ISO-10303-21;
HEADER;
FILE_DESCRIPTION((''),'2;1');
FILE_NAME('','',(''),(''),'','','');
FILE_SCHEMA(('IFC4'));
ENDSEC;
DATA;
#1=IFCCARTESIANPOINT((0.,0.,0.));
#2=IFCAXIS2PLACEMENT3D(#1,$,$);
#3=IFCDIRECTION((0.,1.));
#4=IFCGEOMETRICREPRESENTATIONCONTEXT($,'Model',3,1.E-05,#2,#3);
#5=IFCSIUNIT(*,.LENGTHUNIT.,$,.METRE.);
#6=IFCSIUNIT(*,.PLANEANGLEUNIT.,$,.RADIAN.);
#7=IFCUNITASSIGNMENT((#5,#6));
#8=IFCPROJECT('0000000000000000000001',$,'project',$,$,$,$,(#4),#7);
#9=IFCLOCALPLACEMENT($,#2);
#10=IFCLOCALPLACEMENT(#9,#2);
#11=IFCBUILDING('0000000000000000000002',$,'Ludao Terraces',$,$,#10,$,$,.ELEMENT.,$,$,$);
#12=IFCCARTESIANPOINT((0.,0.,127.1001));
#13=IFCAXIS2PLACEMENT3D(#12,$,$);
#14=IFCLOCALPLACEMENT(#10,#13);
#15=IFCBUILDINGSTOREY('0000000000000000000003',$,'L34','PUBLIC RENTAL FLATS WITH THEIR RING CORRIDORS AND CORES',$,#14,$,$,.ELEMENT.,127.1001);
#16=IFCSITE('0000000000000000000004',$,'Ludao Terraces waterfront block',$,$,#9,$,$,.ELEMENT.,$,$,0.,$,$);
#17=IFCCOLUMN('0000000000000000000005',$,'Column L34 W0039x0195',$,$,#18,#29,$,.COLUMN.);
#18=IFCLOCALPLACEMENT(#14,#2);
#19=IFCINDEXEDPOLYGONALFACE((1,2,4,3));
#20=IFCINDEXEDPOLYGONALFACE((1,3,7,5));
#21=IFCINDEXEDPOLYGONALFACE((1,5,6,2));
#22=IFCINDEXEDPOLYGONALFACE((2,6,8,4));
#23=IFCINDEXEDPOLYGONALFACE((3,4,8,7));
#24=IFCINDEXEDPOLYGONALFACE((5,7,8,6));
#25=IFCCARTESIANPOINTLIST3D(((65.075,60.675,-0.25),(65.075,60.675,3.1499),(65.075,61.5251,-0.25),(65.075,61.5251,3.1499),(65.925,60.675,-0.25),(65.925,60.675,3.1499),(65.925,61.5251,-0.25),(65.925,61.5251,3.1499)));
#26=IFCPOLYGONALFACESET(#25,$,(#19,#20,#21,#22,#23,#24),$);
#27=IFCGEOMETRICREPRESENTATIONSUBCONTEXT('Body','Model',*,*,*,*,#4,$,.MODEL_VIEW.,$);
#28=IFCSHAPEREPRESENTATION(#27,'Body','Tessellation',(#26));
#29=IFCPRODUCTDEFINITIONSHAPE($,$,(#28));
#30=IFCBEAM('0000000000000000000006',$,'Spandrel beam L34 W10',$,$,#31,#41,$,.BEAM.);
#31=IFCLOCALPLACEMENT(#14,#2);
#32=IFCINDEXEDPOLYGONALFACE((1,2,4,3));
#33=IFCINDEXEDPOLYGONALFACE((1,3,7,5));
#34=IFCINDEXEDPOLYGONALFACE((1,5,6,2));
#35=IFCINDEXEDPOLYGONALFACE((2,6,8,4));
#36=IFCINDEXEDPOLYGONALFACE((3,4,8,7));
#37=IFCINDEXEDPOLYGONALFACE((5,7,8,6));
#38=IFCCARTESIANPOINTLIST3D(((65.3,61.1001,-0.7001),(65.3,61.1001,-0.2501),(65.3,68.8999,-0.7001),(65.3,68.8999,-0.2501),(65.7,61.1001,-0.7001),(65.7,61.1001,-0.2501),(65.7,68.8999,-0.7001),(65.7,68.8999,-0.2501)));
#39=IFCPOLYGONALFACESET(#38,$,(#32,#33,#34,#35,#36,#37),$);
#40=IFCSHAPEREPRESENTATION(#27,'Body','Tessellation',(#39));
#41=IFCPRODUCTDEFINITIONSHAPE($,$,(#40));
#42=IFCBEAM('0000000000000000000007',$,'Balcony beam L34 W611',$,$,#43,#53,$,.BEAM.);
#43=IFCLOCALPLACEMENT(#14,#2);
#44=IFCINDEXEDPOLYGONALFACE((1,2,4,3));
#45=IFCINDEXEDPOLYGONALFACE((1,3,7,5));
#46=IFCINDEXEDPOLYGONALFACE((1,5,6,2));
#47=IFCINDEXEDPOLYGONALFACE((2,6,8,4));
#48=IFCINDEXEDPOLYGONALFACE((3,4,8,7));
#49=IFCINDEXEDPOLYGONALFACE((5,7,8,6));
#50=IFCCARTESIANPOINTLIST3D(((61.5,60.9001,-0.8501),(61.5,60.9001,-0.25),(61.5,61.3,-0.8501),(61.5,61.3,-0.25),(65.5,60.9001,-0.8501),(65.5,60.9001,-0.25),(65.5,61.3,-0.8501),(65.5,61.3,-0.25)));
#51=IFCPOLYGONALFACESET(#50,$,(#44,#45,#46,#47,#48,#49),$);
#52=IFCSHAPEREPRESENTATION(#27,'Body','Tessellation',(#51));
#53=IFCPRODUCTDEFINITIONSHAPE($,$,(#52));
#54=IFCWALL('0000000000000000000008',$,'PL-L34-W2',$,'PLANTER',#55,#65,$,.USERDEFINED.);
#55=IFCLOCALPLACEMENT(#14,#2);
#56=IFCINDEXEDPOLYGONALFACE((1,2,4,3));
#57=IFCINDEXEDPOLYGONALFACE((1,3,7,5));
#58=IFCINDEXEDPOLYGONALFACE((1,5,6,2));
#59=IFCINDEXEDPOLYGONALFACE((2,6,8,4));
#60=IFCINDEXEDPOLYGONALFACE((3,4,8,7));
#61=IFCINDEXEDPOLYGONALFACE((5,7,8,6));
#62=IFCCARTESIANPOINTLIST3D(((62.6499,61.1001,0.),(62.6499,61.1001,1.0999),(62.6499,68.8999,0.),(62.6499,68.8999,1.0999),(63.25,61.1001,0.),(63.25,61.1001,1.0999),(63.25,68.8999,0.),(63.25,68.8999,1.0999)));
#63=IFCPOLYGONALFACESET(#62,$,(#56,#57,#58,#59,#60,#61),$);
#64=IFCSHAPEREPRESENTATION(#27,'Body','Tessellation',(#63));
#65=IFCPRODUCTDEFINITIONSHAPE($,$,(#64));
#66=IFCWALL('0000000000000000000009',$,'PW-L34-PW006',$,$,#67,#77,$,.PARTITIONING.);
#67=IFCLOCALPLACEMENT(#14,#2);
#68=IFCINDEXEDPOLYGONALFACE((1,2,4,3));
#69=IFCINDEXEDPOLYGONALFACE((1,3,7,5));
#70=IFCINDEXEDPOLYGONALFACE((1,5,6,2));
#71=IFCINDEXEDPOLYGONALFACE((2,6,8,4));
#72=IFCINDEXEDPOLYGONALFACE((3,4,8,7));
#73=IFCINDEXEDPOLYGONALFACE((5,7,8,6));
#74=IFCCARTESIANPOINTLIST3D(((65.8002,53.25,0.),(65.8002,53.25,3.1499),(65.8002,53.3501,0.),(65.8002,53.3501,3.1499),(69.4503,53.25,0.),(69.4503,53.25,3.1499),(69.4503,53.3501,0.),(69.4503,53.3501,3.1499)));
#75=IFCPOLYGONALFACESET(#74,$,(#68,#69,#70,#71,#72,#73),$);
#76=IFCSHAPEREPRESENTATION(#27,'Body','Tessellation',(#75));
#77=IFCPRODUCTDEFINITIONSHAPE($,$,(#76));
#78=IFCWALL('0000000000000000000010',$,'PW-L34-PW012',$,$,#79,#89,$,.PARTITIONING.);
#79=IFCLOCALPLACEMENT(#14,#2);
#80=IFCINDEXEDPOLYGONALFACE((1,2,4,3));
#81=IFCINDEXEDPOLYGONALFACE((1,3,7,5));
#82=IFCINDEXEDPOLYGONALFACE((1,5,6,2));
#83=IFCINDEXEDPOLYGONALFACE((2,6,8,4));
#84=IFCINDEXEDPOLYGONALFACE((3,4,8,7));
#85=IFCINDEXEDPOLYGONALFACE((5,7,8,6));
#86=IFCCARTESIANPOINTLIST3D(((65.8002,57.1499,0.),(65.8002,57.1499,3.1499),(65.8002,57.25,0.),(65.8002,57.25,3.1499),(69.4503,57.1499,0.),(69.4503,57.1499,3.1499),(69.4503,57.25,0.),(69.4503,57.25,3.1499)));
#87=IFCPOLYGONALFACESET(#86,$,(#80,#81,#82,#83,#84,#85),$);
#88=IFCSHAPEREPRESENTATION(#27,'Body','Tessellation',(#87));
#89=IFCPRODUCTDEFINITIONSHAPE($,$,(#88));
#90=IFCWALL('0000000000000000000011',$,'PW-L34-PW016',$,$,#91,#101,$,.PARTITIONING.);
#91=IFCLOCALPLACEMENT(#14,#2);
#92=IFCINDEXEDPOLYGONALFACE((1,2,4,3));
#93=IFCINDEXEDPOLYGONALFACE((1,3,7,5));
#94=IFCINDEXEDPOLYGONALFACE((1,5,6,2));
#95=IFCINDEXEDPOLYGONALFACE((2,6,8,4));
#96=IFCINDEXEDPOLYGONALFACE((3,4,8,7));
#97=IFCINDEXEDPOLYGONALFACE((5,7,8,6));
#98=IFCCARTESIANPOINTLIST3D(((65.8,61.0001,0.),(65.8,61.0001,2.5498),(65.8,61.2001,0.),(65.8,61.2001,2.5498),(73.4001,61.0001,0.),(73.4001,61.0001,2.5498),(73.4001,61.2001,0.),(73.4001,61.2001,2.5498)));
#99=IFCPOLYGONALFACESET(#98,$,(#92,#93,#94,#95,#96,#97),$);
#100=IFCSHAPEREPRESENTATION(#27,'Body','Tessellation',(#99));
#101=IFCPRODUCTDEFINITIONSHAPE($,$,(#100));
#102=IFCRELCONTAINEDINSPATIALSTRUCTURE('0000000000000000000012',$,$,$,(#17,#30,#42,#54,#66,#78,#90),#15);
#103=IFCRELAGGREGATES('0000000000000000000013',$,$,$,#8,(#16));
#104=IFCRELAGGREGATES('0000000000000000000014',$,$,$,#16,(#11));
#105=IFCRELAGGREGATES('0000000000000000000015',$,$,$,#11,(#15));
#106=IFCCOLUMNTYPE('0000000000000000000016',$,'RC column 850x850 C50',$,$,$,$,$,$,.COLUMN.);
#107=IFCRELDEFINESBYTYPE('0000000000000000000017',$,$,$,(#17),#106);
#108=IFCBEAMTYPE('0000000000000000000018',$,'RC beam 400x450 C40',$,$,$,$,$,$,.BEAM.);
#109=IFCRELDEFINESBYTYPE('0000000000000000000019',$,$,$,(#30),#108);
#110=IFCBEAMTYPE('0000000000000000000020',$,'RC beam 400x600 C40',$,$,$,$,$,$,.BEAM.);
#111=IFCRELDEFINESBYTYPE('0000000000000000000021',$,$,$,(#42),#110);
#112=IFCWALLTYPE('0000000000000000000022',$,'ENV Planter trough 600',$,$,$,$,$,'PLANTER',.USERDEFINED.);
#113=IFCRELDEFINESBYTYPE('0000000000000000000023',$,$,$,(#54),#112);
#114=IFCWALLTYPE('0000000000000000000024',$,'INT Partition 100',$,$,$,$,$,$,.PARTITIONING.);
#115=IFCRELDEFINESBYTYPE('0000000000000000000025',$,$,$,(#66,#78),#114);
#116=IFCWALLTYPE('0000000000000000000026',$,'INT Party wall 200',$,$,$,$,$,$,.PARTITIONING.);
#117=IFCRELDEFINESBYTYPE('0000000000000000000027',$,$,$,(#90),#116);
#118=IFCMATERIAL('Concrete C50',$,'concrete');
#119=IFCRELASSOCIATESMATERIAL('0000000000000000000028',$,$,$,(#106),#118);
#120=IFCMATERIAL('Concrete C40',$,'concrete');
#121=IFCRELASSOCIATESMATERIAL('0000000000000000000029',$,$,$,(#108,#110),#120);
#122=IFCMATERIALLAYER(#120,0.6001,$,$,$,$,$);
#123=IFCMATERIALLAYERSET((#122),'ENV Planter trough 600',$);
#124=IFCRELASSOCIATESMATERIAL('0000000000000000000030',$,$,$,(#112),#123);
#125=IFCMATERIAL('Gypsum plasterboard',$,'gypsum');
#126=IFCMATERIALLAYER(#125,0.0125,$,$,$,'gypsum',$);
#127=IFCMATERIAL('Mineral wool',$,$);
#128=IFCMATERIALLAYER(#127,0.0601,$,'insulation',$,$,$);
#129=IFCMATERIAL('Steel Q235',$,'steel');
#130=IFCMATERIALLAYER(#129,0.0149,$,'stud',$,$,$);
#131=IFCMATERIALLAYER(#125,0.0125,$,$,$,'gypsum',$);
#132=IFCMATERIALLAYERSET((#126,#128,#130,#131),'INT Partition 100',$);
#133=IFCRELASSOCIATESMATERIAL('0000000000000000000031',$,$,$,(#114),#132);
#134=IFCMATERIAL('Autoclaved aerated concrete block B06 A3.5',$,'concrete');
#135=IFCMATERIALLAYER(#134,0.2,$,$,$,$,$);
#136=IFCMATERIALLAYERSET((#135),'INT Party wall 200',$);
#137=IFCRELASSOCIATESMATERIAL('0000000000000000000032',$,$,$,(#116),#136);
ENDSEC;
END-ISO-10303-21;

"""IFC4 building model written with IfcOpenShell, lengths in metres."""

from ifc_helpers import new_model, si_unit, direction, frame, frame_2d, origin, origin_2d, place, context, subcontext, project, spatial, rectangle, extrude, material, layer, layer_set, material_profile, profile_set, type_object, element, save


model = new_model("IFC4")

# Units and contexts
model_context = context("Model", 3, precision=1e-05, world=origin(), true_north=direction((0.0, 1.0)))
body_context = subcontext(model_context, "Body", "Model", "MODEL_VIEW")
ifc_project = project(units=[si_unit("LENGTHUNIT", "METRE"), si_unit("PLANEANGLEUNIT", "RADIAN")], contexts=[model_context])

# Site, building, storey
site_placement = place(None, origin())
site = spatial("IfcSite", under=ifc_project, at=site_placement, Name="Ludao Terraces waterfront block", CompositionType="ELEMENT", RefElevation=0.0)
building_placement = place(site_placement, origin())
building = spatial("IfcBuilding", under=site, at=building_placement, Name="Ludao Terraces", CompositionType="ELEMENT")
storey_placement = place(building_placement, frame((0.0, 0.0, 127.1001)))
storey = spatial("IfcBuildingStorey", under=building, at=storey_placement, Name="L34", Description="PUBLIC RENTAL FLATS WITH THEIR RING CORRIDORS AND CORES", CompositionType="ELEMENT", Elevation=127.1001)

# Column
ifc_material_1 = material(Name="Concrete C50", Category="concrete")
ifc_material_profile_1 = material_profile(ifc_material_1, rectangle(XDim=0.8501, YDim=0.8501, at=origin_2d()), Name="850 X 850")
ifc_profile_set_1 = profile_set([ifc_material_profile_1], Name="Concrete C50")
column_type = type_object("IfcColumnType", Name="RC column 850x850 C50", PredefinedType="COLUMN", material=ifc_profile_set_1)
column_placement = place(storey_placement, frame((65.5, 61.1001, -0.25), z_axis=(0.0, 0.0, 1.0), x_axis=(1.0, 0.0, 0.0)))
element("IfcColumn", 1, at=column_placement, inside=storey, type_object=column_type, Name="Column L34 W0039x0195", PredefinedType="COLUMN", context=body_context, shape_type="SweptSolid", body=[
    extrude(rectangle(XDim=0.8501, YDim=0.8501, at=origin_2d()), origin(), (0.0, 0.0, 1.0), 3.3999),
])

# Beams
ifc_material_2 = material(Name="Concrete C40", Category="concrete")
ifc_material_profile_2 = material_profile(ifc_material_2, rectangle(XDim=0.3999, YDim=0.45, at=origin_2d()), Name="400 X 450")
ifc_profile_set_2 = profile_set([ifc_material_profile_2], Name="Concrete C40")
beam_type_1 = type_object("IfcBeamType", Name="RC beam 400x450 C40", PredefinedType="BEAM", material=ifc_profile_set_2)
beam_1_placement = place(storey_placement, frame((65.5, 61.1001, -0.4751), z_axis=(0.0, 1.0, 0.0), x_axis=(-1.0, 0.0, 0.0)))
element("IfcBeam", 2, at=beam_1_placement, inside=storey, type_object=beam_type_1, Name="Spandrel beam L34 W10", PredefinedType="BEAM", context=body_context, shape_type="SweptSolid", body=[
    extrude(rectangle(XDim=0.3999, YDim=0.45, at=origin_2d()), origin(), (0.0, 0.0, 1.0), 7.7998),
])
ifc_material_profile_3 = material_profile(ifc_material_2, rectangle(XDim=0.3999, YDim=0.6001, at=origin_2d()), Name="400 X 600")
ifc_profile_set_3 = profile_set([ifc_material_profile_3], Name="Concrete C40")
beam_type_2 = type_object("IfcBeamType", Name="RC beam 400x600 C40", PredefinedType="BEAM", material=ifc_profile_set_3)
beam_2_placement = place(storey_placement, frame((65.5, 61.1001, -0.55), z_axis=(-1.0, 0.0, 0.0), x_axis=(0.0, -1.0, 0.0)))
element("IfcBeam", 3, at=beam_2_placement, inside=storey, type_object=beam_type_2, Name="Balcony beam L34 W611", PredefinedType="BEAM", context=body_context, shape_type="SweptSolid", body=[
    extrude(rectangle(XDim=0.3999, YDim=0.6001, at=origin_2d()), origin(), (0.0, 0.0, 1.0), 4.0),
])

# Wall
ifc_layer_1 = layer(ifc_material_2, 0.6001)
ifc_layer_set_1 = layer_set([ifc_layer_1], Name="ENV Planter trough 600")
wall_type_1 = type_object("IfcWallType", Name="ENV Planter trough 600", ElementType="PLANTER", PredefinedType="USERDEFINED", material=ifc_layer_set_1)
wall_1_placement = place(storey_placement, frame((62.95, 61.1001, 0.0), z_axis=(0.0, 0.0, 1.0), x_axis=(0.0, 1.0, 0.0)))
element("IfcWall", 4, at=wall_1_placement, inside=storey, type_object=wall_type_1, Name="PL-L34-W2", ObjectType="PLANTER", PredefinedType="USERDEFINED", context=body_context, shape_type="SweptSolid", body=[
    extrude(rectangle(XDim=7.7998, YDim=0.6001, at=frame_2d((3.8999, 0.0))), origin(), (0.0, 0.0, 1.0), 1.0999),
])

# Shared definitions
ifc_material_3 = material(Name="Mineral wool")

# Walls
ifc_material_4 = material(Name="Gypsum plasterboard", Category="gypsum")
ifc_layer_2 = layer(ifc_material_4, 0.0125, Category="gypsum")
ifc_layer_3 = layer(ifc_material_3, 0.0601, Name="insulation")
ifc_material_5 = material(Name="Steel Q235", Category="steel")
ifc_layer_4 = layer(ifc_material_5, 0.0149, Name="stud")
ifc_layer_5 = layer(ifc_material_4, 0.0125, Category="gypsum")
ifc_layer_set_2 = layer_set([ifc_layer_2, ifc_layer_3, ifc_layer_4, ifc_layer_5], Name="INT Partition 100")
wall_type_2 = type_object("IfcWallType", Name="INT Partition 100", PredefinedType="PARTITIONING", material=ifc_layer_set_2)
for number, where, z_axis, x_axis, name in (
    (5, (65.8, 53.3, 0.0), (0.0, 0.0, 1.0), (1.0, 0.0, 0.0), "PW-L34-PW006"),
    (6, (65.8, 57.2, 0.0), (0.0, 0.0, 1.0), (1.0, 0.0, 0.0), "PW-L34-PW012"),
):
    element("IfcWall", number, at=place(storey_placement, frame(where, z_axis=z_axis, x_axis=x_axis)), inside=storey, type_object=wall_type_2, Name=name, PredefinedType="PARTITIONING", context=body_context, shape_type="SweptSolid", body=[
        extrude(rectangle(XDim=3.6501, YDim=0.1001, at=frame_2d((1.8252, 0.0))), origin(), (0.0, 0.0, 1.0), 3.1499),
    ])
ifc_material_6 = material(Name="Autoclaved aerated concrete block B06 A3.5", Category="concrete")
ifc_layer_6 = layer(ifc_material_6, 0.2)
ifc_layer_set_3 = layer_set([ifc_layer_6], Name="INT Party wall 200")
wall_type_3 = type_object("IfcWallType", Name="INT Party wall 200", PredefinedType="PARTITIONING", material=ifc_layer_set_3)
wall_2_placement = place(storey_placement, frame((65.8, 61.1001, 0.0), z_axis=(0.0, 0.0, 1.0), x_axis=(1.0, 0.0, 0.0)))
element("IfcWall", 7, at=wall_2_placement, inside=storey, type_object=wall_type_3, Name="PW-L34-PW016", PredefinedType="PARTITIONING", context=body_context, shape_type="SweptSolid", body=[
    extrude(rectangle(XDim=7.6001, YDim=0.2, at=frame_2d((3.8, 0.0))), origin(), (0.0, 0.0, 1.0), 2.5498),
])

save(model, "model.ifc")
